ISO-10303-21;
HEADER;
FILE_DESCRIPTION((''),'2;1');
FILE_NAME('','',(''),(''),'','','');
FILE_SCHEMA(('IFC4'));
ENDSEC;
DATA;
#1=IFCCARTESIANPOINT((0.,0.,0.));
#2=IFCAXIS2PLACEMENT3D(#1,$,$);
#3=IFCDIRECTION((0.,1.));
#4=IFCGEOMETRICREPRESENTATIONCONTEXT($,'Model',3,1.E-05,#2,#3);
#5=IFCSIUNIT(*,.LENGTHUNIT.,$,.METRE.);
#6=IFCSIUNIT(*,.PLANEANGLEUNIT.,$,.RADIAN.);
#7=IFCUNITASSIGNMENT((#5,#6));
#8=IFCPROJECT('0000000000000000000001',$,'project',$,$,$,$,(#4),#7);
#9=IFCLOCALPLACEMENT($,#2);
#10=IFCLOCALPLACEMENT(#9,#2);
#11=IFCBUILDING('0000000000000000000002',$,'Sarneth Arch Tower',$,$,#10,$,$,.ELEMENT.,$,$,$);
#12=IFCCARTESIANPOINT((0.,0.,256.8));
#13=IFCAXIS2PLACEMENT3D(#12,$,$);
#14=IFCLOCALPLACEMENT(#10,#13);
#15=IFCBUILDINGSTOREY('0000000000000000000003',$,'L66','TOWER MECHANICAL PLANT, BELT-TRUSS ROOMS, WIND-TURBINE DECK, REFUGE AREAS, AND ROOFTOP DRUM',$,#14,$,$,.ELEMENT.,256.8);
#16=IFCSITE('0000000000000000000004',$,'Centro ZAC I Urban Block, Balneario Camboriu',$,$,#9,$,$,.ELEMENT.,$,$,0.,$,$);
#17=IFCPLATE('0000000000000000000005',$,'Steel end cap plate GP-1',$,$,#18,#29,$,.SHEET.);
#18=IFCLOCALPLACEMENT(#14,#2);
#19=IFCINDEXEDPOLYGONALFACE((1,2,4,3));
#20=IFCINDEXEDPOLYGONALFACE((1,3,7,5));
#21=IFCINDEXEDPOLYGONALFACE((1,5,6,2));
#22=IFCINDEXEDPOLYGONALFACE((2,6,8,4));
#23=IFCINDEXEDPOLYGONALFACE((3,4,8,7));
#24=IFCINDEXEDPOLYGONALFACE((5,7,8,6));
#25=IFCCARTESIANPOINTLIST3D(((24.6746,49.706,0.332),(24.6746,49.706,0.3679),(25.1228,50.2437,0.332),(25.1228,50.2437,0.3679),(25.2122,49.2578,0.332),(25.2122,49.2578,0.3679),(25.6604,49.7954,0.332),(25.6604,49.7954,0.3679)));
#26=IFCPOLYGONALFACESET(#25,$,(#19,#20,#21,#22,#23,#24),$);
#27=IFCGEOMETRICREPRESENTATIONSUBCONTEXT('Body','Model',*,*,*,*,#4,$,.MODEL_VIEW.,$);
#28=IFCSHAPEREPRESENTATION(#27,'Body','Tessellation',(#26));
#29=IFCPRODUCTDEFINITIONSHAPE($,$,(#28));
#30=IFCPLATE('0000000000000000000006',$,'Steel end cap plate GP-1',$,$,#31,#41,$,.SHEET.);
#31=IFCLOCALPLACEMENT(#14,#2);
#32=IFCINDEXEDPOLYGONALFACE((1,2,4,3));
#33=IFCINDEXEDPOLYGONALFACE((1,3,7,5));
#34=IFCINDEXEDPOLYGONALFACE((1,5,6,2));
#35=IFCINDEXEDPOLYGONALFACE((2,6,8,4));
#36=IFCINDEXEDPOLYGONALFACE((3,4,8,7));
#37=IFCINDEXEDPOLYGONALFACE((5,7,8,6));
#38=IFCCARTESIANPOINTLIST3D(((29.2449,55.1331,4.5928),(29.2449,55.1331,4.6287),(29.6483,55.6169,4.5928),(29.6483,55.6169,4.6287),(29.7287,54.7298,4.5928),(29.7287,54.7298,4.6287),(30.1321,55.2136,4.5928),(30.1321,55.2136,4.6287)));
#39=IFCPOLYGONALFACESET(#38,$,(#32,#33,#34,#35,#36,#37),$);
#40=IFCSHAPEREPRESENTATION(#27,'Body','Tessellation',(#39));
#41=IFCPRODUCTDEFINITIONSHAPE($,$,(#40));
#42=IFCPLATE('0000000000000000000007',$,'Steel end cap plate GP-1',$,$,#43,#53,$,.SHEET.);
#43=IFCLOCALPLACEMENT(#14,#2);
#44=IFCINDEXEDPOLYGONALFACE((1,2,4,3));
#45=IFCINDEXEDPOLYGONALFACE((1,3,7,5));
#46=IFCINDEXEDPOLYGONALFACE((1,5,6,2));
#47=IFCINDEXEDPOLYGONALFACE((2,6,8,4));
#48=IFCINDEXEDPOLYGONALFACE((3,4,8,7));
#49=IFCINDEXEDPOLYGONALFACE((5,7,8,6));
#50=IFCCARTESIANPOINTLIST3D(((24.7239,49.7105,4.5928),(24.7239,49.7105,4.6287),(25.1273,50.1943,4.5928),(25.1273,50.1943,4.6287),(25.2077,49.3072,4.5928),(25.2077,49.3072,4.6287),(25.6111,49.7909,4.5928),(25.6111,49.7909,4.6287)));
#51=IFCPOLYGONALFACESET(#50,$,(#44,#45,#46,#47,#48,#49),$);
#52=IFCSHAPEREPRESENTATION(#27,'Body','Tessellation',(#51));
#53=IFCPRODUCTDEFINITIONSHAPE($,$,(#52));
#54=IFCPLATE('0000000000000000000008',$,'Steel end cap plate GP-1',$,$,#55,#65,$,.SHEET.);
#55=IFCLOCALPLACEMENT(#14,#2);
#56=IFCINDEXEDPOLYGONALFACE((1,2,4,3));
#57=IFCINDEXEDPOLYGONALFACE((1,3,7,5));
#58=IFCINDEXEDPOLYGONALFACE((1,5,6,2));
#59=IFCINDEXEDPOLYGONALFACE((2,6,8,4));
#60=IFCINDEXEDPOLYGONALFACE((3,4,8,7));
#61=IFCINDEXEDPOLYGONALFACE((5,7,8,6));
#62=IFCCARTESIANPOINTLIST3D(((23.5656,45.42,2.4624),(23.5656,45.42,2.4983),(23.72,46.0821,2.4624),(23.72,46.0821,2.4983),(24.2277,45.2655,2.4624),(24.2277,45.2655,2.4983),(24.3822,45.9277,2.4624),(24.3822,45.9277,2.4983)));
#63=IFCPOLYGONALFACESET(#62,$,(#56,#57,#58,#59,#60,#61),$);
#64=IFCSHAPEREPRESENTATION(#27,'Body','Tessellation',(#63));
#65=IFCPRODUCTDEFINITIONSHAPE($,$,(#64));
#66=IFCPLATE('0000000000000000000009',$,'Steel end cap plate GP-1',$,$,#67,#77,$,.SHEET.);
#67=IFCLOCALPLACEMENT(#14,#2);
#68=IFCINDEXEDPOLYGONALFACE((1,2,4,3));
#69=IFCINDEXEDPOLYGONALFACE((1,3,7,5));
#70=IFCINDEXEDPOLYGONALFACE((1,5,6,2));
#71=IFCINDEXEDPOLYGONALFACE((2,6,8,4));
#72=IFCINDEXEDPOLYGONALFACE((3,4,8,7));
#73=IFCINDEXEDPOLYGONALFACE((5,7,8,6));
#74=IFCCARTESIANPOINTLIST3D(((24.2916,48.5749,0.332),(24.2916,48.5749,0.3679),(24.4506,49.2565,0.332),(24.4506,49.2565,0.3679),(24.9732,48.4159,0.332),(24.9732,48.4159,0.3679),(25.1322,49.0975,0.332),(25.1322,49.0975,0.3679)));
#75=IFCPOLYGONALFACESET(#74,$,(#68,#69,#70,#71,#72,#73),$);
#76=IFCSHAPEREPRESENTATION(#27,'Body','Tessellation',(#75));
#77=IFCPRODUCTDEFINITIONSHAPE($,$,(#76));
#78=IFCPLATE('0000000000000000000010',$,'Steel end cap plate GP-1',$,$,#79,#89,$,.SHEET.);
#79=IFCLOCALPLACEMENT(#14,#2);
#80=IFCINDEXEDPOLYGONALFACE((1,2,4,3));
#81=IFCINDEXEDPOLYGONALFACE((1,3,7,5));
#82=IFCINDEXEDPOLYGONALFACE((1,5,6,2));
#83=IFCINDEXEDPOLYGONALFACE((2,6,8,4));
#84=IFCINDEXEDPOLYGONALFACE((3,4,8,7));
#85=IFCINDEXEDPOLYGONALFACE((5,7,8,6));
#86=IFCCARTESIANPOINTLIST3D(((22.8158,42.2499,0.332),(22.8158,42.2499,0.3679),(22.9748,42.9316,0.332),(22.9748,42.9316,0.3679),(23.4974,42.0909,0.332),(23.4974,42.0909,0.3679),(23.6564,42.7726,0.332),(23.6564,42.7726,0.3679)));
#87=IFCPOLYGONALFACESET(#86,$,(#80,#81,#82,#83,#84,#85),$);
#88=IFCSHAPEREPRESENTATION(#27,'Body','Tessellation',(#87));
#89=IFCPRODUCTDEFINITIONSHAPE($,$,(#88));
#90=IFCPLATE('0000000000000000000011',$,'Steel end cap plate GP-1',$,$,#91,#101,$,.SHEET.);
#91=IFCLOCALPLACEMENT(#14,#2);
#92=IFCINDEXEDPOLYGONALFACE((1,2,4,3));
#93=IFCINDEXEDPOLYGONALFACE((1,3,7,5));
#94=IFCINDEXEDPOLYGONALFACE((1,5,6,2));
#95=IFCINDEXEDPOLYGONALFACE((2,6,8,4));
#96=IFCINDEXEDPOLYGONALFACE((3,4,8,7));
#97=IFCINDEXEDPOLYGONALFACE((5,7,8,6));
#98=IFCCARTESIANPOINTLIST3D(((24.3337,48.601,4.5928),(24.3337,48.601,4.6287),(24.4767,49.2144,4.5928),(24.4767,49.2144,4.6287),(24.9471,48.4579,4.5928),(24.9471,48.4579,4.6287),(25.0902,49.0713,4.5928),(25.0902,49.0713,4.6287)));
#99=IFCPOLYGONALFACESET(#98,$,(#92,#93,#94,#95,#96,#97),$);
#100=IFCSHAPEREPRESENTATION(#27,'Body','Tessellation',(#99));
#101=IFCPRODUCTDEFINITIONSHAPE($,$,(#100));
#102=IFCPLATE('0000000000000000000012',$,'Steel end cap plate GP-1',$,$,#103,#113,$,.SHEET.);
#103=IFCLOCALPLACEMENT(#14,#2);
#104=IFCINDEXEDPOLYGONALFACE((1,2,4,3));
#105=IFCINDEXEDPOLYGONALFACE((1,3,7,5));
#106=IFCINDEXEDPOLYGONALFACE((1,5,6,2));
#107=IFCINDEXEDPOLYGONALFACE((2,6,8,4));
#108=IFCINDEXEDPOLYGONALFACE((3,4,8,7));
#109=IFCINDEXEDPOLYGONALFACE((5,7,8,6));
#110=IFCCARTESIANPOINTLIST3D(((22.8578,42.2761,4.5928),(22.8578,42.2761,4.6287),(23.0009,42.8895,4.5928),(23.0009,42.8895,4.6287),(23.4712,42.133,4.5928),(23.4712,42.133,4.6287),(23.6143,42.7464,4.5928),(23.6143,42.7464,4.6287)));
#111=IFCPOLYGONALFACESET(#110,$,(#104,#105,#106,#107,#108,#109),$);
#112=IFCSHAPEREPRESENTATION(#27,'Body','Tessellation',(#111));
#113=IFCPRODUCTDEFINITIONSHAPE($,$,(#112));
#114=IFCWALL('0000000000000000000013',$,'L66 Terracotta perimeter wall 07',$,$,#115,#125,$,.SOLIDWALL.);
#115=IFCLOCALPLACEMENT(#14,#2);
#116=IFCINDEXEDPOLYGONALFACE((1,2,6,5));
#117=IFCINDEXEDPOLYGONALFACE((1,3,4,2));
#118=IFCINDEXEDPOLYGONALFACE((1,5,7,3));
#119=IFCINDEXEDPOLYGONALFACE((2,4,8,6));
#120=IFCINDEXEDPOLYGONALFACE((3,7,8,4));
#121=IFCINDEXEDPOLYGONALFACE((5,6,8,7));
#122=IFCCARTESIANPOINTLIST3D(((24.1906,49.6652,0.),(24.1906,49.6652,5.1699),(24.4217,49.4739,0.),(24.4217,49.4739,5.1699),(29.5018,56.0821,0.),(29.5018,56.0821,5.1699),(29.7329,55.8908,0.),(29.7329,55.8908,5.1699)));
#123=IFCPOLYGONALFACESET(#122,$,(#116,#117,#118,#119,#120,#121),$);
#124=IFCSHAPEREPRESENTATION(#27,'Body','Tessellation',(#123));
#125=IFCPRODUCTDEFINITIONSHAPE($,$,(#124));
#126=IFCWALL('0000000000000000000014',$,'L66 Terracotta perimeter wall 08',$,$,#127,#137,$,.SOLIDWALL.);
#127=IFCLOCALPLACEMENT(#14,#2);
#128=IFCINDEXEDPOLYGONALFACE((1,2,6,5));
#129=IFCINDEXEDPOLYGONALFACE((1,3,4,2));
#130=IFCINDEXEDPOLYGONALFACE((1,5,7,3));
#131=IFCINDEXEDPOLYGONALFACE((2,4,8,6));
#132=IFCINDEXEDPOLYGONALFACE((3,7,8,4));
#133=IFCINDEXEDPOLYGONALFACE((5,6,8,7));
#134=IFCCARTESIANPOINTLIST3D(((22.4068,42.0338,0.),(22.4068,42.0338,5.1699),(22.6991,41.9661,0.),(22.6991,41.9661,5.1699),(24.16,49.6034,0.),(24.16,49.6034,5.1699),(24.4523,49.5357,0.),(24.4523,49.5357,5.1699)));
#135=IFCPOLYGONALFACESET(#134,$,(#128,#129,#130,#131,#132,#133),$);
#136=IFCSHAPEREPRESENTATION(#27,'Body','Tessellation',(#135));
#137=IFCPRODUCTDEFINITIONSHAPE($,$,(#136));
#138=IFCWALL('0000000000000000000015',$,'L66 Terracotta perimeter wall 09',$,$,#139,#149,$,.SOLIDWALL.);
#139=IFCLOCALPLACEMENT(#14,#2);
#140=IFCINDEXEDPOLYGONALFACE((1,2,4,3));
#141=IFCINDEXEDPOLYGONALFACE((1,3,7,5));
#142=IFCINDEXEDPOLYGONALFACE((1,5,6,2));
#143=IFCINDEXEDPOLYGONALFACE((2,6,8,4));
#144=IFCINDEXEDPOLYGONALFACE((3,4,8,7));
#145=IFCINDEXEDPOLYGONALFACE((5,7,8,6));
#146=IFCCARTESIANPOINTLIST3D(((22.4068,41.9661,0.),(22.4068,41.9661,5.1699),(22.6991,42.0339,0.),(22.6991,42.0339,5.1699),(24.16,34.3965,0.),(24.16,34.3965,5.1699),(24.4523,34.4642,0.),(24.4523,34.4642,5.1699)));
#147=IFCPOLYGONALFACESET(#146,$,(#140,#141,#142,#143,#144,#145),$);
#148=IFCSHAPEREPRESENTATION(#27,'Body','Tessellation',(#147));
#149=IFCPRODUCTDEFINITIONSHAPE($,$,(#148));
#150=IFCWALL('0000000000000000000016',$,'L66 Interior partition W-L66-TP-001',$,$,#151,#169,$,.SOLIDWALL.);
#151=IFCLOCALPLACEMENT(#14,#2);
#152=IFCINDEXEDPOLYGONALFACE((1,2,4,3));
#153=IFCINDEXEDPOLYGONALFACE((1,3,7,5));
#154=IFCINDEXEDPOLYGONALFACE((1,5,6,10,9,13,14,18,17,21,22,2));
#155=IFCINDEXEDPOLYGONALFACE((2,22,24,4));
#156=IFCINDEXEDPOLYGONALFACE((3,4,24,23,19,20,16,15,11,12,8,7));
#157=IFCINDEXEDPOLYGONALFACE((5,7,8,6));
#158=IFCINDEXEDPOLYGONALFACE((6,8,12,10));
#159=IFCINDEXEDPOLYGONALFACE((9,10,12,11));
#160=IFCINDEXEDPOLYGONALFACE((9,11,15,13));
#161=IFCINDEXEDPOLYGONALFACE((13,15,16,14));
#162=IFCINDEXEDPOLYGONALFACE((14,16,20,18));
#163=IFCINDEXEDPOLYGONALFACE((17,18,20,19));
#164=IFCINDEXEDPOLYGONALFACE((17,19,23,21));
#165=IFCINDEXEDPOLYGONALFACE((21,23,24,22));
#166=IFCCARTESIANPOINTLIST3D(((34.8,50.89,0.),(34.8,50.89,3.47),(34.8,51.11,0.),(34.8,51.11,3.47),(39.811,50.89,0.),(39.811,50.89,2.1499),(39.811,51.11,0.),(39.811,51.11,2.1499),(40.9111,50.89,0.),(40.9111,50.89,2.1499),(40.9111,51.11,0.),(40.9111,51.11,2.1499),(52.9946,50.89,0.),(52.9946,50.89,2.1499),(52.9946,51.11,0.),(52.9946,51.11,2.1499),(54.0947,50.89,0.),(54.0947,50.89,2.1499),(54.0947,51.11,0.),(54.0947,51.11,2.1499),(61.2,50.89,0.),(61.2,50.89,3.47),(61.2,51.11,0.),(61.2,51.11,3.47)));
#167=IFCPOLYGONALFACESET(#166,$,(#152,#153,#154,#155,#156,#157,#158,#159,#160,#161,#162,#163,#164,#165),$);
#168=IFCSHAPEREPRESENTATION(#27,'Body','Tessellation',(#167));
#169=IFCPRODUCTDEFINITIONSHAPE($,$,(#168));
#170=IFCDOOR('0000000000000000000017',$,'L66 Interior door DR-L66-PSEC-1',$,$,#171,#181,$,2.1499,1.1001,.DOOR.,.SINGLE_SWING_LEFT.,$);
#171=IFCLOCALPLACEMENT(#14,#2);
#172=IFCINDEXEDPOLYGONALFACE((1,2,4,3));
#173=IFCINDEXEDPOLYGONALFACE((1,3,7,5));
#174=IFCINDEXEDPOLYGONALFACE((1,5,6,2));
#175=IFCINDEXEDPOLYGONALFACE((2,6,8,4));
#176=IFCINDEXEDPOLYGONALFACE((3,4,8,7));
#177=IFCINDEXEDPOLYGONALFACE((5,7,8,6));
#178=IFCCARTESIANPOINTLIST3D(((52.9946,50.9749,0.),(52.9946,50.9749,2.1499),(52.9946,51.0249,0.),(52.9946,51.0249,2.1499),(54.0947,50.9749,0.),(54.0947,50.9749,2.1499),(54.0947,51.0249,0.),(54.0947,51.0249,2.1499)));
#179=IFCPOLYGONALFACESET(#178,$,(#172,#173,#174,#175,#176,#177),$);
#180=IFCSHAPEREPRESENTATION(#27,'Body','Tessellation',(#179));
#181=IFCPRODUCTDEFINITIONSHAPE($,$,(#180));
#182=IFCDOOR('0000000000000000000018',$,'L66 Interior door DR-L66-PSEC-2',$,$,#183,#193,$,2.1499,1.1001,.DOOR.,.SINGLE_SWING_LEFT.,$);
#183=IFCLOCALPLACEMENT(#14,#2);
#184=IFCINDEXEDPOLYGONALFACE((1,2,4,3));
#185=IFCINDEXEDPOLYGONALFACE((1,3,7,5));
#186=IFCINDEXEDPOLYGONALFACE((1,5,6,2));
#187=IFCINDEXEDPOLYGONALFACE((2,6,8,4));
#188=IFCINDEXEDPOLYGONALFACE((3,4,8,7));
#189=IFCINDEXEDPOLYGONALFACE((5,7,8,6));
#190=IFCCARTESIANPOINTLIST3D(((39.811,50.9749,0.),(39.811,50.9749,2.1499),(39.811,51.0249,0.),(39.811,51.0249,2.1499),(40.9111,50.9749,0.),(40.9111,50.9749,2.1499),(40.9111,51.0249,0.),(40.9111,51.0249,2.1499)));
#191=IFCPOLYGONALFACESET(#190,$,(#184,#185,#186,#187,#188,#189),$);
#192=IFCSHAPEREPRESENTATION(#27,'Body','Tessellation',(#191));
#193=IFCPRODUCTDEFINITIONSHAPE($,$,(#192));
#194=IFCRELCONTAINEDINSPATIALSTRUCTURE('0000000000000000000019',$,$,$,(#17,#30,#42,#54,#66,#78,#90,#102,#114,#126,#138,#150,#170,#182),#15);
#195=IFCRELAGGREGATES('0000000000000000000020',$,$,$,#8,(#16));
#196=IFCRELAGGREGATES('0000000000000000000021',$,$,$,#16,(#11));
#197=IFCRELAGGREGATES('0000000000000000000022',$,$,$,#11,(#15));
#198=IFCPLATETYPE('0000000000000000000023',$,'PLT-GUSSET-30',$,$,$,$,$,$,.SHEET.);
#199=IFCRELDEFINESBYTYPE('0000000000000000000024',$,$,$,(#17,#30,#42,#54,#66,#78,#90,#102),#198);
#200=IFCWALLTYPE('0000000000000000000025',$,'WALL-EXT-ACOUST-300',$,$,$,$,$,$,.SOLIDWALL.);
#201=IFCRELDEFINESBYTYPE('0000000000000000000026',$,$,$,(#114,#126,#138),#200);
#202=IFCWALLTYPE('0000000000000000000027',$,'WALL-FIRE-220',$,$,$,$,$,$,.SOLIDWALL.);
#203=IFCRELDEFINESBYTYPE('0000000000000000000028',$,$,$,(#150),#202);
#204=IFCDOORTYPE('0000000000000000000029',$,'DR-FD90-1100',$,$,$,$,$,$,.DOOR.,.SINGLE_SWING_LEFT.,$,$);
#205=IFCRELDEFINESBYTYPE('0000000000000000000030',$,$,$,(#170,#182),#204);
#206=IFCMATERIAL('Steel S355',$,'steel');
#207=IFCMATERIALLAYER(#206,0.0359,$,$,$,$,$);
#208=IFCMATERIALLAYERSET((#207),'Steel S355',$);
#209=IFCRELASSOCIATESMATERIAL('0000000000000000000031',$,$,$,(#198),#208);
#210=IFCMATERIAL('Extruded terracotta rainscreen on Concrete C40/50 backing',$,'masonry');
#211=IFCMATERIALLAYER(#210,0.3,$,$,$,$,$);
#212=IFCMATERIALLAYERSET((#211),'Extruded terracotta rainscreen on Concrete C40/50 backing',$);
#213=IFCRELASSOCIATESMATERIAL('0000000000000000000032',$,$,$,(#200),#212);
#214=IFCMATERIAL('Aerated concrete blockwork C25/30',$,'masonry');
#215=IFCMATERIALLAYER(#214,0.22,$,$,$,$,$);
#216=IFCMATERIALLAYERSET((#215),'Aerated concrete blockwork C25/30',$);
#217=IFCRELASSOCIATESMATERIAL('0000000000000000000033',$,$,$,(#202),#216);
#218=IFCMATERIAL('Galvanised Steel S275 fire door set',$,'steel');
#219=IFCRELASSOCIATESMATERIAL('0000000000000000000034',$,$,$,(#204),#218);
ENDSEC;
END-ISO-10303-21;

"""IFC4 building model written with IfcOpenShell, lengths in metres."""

from ifc_helpers import new_model, si_unit, direction, frame, frame_2d, origin, origin_2d, place, context, subcontext, project, spatial, rectangle, extrude, material, layer, layer_set, type_object, element, fill, save


model = new_model("IFC4")

# Units and contexts
model_context = context("Model", 3, precision=1e-05, world=origin(), true_north=direction((0.0, 1.0)))
body_context = subcontext(model_context, "Body", "Model", "MODEL_VIEW")
ifc_project = project(units=[si_unit("LENGTHUNIT", "METRE"), si_unit("PLANEANGLEUNIT", "RADIAN")], contexts=[model_context])

# Site, building, storey
site_placement = place(None, origin())
site = spatial("IfcSite", under=ifc_project, at=site_placement, Name="Centro ZAC I Urban Block, Balneario Camboriu", CompositionType="ELEMENT", RefElevation=0.0)
building_placement = place(site_placement, origin())
building = spatial("IfcBuilding", under=site, at=building_placement, Name="Sarneth Arch Tower", CompositionType="ELEMENT")
storey_placement = place(building_placement, frame((0.0, 0.0, 256.8)))
storey = spatial("IfcBuildingStorey", under=building, at=storey_placement, Name="L66", Description="TOWER MECHANICAL PLANT, BELT-TRUSS ROOMS, WIND-TURBINE DECK, REFUGE AREAS, AND ROOFTOP DRUM", CompositionType="ELEMENT", Elevation=256.8)

# Plates
ifc_material_1 = material(Name="Steel S355", Category="steel")
ifc_layer_1 = layer(ifc_material_1, 0.0359)
ifc_layer_set_1 = layer_set([ifc_layer_1], Name="Steel S355")
plate_type = type_object("IfcPlateType", Name="PLT-GUSSET-30", PredefinedType="SHEET", material=ifc_layer_set_1)
for number, where, z_axis, x_axis, name in (
    (1, (25.1675, 49.7507, 0.332), (0.0, 0.0, 1.0), (-0.640378, -0.76806, 0.0), "Steel end cap plate GP-1"),
):
    element("IfcPlate", number, at=place(storey_placement, frame(where, z_axis=z_axis, x_axis=x_axis)), inside=storey, type_object=plate_type, Name=name, PredefinedType="SHEET", context=body_context, shape_type="SweptSolid", body=[
        extrude(rectangle(XDim=0.7, YDim=0.7, at=origin_2d()), origin(), (0.0, 0.0, 1.0), 0.0359),
    ])
for number, where, z_axis, x_axis, name in (
    (2, (29.6885, 55.1733, 4.5928), (0.0, 0.0, 1.0), (0.640378, 0.76806, 0.0), "Steel end cap plate GP-1"),
    (3, (25.1675, 49.7507, 4.5928), (0.0, 0.0, 1.0), (-0.640378, -0.76806, 0.0), "Steel end cap plate GP-1"),
):
    element("IfcPlate", number, at=place(storey_placement, frame(where, z_axis=z_axis, x_axis=x_axis)), inside=storey, type_object=plate_type, Name=name, PredefinedType="SHEET", context=body_context, shape_type="SweptSolid", body=[
        extrude(rectangle(XDim=0.6299, YDim=0.6299, at=origin_2d()), origin(), (0.0, 0.0, 1.0), 0.0359),
    ])
plate_1_placement = place(storey_placement, frame((23.9739, 45.6738, 2.4624), z_axis=(0.0, 0.0, 1.0), x_axis=(-0.227161, -0.973857, 0.0)))
element("IfcPlate", 4, at=plate_1_placement, inside=storey, type_object=plate_type, Name="Steel end cap plate GP-1", PredefinedType="SHEET", context=body_context, shape_type="SweptSolid", body=[
    extrude(rectangle(XDim=0.6799, YDim=0.6799, at=origin_2d()), origin(), (0.0, 0.0, 1.0), 0.0359),
])
for number, where, z_axis, x_axis, name in (
    (5, (24.7119, 48.8362, 0.332), (0.0, 0.0, 1.0), (0.227161, 0.973857, 0.0), "Steel end cap plate GP-1"),
    (6, (23.2361, 42.5112, 0.332), (0.0, 0.0, 1.0), (-0.227161, -0.973857, 0.0), "Steel end cap plate GP-1"),
):
    element("IfcPlate", number, at=place(storey_placement, frame(where, z_axis=z_axis, x_axis=x_axis)), inside=storey, type_object=plate_type, Name=name, PredefinedType="SHEET", context=body_context, shape_type="SweptSolid", body=[
        extrude(rectangle(XDim=0.7, YDim=0.7, at=origin_2d()), origin(), (0.0, 0.0, 1.0), 0.0359),
    ])
for number, where, z_axis, x_axis, name in (
    (7, (24.7119, 48.8362, 4.5928), (0.0, 0.0, 1.0), (0.227161, 0.973857, 0.0), "Steel end cap plate GP-1"),
    (8, (23.2361, 42.5112, 4.5928), (0.0, 0.0, 1.0), (-0.227161, -0.973857, 0.0), "Steel end cap plate GP-1"),
):
    element("IfcPlate", number, at=place(storey_placement, frame(where, z_axis=z_axis, x_axis=x_axis)), inside=storey, type_object=plate_type, Name=name, PredefinedType="SHEET", context=body_context, shape_type="SweptSolid", body=[
        extrude(rectangle(XDim=0.6299, YDim=0.6299, at=origin_2d()), origin(), (0.0, 0.0, 1.0), 0.0359),
    ])

# Walls
ifc_material_2 = material(Name="Extruded terracotta rainscreen on Concrete C40/50 backing", Category="masonry")
ifc_layer_2 = layer(ifc_material_2, 0.3)
ifc_layer_set_2 = layer_set([ifc_layer_2], Name="Extruded terracotta rainscreen on Concrete C40/50 backing")
wall_type_1 = type_object("IfcWallType", Name="WALL-EXT-ACOUST-300", PredefinedType="SOLIDWALL", material=ifc_layer_set_2)
wall_1_placement = place(storey_placement, frame((29.6174, 55.9866, 0.0), z_axis=(0.0, 0.0, 1.0), x_axis=(-0.637615, -0.770355, 0.0)))
element("IfcWall", 9, at=wall_1_placement, inside=storey, type_object=wall_type_1, Name="L66 Terracotta perimeter wall 07", PredefinedType="SOLIDWALL", context=body_context, shape_type="SweptSolid", body=[
    extrude(rectangle(XDim=8.3298, YDim=0.3, at=frame_2d((4.165, 0.0))), origin(), (0.0, 0.0, 1.0), 5.1699),
])
for number, where, z_axis, x_axis, name in (
    (10, (24.3062, 49.5696, 0.0), (0.0, 0.0, 1.0), (-0.225635, -0.974212, 0.0), "L66 Terracotta perimeter wall 08"),
    (11, (22.553, 42.0, 0.0), (0.0, 0.0, 1.0), (0.225635, -0.974212, 0.0), "L66 Terracotta perimeter wall 09"),
):
    element("IfcWall", number, at=place(storey_placement, frame(where, z_axis=z_axis, x_axis=x_axis)), inside=storey, type_object=wall_type_1, Name=name, PredefinedType="SOLIDWALL", context=body_context, shape_type="SweptSolid", body=[
        extrude(rectangle(XDim=7.77, YDim=0.3, at=frame_2d((3.885, 0.0))), origin(), (0.0, 0.0, 1.0), 5.1699),
    ])

# Wall, openings, doors
ifc_material_3 = material(Name="Aerated concrete blockwork C25/30", Category="masonry")
ifc_layer_3 = layer(ifc_material_3, 0.22)
ifc_layer_set_3 = layer_set([ifc_layer_3], Name="Aerated concrete blockwork C25/30")
wall_type_2 = type_object("IfcWallType", Name="WALL-FIRE-220", PredefinedType="SOLIDWALL", material=ifc_layer_set_3)
wall_2_placement = place(storey_placement, frame((34.8, 51.0, 0.0), z_axis=(0.0, 0.0, 1.0), x_axis=(1.0, 0.0, 0.0)))
wall_2 = element("IfcWall", 12, at=wall_2_placement, inside=storey, type_object=wall_type_2, Name="L66 Interior partition W-L66-TP-001", PredefinedType="SOLIDWALL", context=body_context, shape_type="SweptSolid", body=[
    extrude(rectangle(XDim=26.3999, YDim=0.22, at=frame_2d((13.2, 0.0))), origin(), (0.0, 0.0, 1.0), 3.47),
])
opening_1_placement = place(wall_2_placement, frame((18.1946, 0.0, 0.0)))
opening_1 = element("IfcOpeningElement", 13, at=opening_1_placement, cuts=wall_2, PredefinedType="OPENING", context=body_context, shape_type="SweptSolid", body=[
    extrude(rectangle(XDim=1.1001, YDim=2.1499, at=frame_2d((0.55, 1.075))), frame((0.0, 0.1199, 0.0), z_axis=(0.0, -1.0, 0.0), x_axis=(1.0, 0.0, 0.0)), (0.0, 0.0, 1.0), 0.24),
])
opening_2_placement = place(wall_2_placement, frame((5.011, 0.0, 0.0)))
opening_2 = element("IfcOpeningElement", 14, at=opening_2_placement, cuts=wall_2, PredefinedType="OPENING", context=body_context, shape_type="SweptSolid", body=[
    extrude(rectangle(XDim=1.1001, YDim=2.1499, at=frame_2d((0.55, 1.075))), frame((0.0, 0.1199, 0.0), z_axis=(0.0, -1.0, 0.0), x_axis=(1.0, 0.0, 0.0)), (0.0, 0.0, 1.0), 0.24),
])
ifc_material_4 = material(Name="Galvanised Steel S275 fire door set", Category="steel")
door_type = type_object("IfcDoorType", Name="DR-FD90-1100", OperationType="SINGLE_SWING_LEFT", PredefinedType="DOOR", material=ifc_material_4)
door_1_placement = place(opening_1_placement, origin())
door_1 = element("IfcDoor", 15, at=door_1_placement, inside=storey, type_object=door_type, Name="L66 Interior door DR-L66-PSEC-1", OperationType="SINGLE_SWING_LEFT", OverallHeight=2.1499, OverallWidth=1.1001, PredefinedType="DOOR", context=body_context, shape_type="SweptSolid", body=[
    extrude(rectangle(XDim=1.1001, YDim=2.1499, at=frame_2d((0.55, 1.075))), frame((0.0, 0.0249, 0.0), z_axis=(0.0, -1.0, 0.0), x_axis=(1.0, 0.0, 0.0)), (0.0, 0.0, 1.0), 0.05),
])
fill(opening_1, door_1)
door_2_placement = place(opening_2_placement, origin())
door_2 = element("IfcDoor", 16, at=door_2_placement, inside=storey, type_object=door_type, Name="L66 Interior door DR-L66-PSEC-2", OperationType="SINGLE_SWING_LEFT", OverallHeight=2.1499, OverallWidth=1.1001, PredefinedType="DOOR", context=body_context, shape_type="SweptSolid", body=[
    extrude(rectangle(XDim=1.1001, YDim=2.1499, at=frame_2d((0.55, 1.075))), frame((0.0, 0.0249, 0.0), z_axis=(0.0, -1.0, 0.0), x_axis=(1.0, 0.0, 0.0)), (0.0, 0.0, 1.0), 0.05),
])
fill(opening_2, door_2)

save(model, "model.ifc")
